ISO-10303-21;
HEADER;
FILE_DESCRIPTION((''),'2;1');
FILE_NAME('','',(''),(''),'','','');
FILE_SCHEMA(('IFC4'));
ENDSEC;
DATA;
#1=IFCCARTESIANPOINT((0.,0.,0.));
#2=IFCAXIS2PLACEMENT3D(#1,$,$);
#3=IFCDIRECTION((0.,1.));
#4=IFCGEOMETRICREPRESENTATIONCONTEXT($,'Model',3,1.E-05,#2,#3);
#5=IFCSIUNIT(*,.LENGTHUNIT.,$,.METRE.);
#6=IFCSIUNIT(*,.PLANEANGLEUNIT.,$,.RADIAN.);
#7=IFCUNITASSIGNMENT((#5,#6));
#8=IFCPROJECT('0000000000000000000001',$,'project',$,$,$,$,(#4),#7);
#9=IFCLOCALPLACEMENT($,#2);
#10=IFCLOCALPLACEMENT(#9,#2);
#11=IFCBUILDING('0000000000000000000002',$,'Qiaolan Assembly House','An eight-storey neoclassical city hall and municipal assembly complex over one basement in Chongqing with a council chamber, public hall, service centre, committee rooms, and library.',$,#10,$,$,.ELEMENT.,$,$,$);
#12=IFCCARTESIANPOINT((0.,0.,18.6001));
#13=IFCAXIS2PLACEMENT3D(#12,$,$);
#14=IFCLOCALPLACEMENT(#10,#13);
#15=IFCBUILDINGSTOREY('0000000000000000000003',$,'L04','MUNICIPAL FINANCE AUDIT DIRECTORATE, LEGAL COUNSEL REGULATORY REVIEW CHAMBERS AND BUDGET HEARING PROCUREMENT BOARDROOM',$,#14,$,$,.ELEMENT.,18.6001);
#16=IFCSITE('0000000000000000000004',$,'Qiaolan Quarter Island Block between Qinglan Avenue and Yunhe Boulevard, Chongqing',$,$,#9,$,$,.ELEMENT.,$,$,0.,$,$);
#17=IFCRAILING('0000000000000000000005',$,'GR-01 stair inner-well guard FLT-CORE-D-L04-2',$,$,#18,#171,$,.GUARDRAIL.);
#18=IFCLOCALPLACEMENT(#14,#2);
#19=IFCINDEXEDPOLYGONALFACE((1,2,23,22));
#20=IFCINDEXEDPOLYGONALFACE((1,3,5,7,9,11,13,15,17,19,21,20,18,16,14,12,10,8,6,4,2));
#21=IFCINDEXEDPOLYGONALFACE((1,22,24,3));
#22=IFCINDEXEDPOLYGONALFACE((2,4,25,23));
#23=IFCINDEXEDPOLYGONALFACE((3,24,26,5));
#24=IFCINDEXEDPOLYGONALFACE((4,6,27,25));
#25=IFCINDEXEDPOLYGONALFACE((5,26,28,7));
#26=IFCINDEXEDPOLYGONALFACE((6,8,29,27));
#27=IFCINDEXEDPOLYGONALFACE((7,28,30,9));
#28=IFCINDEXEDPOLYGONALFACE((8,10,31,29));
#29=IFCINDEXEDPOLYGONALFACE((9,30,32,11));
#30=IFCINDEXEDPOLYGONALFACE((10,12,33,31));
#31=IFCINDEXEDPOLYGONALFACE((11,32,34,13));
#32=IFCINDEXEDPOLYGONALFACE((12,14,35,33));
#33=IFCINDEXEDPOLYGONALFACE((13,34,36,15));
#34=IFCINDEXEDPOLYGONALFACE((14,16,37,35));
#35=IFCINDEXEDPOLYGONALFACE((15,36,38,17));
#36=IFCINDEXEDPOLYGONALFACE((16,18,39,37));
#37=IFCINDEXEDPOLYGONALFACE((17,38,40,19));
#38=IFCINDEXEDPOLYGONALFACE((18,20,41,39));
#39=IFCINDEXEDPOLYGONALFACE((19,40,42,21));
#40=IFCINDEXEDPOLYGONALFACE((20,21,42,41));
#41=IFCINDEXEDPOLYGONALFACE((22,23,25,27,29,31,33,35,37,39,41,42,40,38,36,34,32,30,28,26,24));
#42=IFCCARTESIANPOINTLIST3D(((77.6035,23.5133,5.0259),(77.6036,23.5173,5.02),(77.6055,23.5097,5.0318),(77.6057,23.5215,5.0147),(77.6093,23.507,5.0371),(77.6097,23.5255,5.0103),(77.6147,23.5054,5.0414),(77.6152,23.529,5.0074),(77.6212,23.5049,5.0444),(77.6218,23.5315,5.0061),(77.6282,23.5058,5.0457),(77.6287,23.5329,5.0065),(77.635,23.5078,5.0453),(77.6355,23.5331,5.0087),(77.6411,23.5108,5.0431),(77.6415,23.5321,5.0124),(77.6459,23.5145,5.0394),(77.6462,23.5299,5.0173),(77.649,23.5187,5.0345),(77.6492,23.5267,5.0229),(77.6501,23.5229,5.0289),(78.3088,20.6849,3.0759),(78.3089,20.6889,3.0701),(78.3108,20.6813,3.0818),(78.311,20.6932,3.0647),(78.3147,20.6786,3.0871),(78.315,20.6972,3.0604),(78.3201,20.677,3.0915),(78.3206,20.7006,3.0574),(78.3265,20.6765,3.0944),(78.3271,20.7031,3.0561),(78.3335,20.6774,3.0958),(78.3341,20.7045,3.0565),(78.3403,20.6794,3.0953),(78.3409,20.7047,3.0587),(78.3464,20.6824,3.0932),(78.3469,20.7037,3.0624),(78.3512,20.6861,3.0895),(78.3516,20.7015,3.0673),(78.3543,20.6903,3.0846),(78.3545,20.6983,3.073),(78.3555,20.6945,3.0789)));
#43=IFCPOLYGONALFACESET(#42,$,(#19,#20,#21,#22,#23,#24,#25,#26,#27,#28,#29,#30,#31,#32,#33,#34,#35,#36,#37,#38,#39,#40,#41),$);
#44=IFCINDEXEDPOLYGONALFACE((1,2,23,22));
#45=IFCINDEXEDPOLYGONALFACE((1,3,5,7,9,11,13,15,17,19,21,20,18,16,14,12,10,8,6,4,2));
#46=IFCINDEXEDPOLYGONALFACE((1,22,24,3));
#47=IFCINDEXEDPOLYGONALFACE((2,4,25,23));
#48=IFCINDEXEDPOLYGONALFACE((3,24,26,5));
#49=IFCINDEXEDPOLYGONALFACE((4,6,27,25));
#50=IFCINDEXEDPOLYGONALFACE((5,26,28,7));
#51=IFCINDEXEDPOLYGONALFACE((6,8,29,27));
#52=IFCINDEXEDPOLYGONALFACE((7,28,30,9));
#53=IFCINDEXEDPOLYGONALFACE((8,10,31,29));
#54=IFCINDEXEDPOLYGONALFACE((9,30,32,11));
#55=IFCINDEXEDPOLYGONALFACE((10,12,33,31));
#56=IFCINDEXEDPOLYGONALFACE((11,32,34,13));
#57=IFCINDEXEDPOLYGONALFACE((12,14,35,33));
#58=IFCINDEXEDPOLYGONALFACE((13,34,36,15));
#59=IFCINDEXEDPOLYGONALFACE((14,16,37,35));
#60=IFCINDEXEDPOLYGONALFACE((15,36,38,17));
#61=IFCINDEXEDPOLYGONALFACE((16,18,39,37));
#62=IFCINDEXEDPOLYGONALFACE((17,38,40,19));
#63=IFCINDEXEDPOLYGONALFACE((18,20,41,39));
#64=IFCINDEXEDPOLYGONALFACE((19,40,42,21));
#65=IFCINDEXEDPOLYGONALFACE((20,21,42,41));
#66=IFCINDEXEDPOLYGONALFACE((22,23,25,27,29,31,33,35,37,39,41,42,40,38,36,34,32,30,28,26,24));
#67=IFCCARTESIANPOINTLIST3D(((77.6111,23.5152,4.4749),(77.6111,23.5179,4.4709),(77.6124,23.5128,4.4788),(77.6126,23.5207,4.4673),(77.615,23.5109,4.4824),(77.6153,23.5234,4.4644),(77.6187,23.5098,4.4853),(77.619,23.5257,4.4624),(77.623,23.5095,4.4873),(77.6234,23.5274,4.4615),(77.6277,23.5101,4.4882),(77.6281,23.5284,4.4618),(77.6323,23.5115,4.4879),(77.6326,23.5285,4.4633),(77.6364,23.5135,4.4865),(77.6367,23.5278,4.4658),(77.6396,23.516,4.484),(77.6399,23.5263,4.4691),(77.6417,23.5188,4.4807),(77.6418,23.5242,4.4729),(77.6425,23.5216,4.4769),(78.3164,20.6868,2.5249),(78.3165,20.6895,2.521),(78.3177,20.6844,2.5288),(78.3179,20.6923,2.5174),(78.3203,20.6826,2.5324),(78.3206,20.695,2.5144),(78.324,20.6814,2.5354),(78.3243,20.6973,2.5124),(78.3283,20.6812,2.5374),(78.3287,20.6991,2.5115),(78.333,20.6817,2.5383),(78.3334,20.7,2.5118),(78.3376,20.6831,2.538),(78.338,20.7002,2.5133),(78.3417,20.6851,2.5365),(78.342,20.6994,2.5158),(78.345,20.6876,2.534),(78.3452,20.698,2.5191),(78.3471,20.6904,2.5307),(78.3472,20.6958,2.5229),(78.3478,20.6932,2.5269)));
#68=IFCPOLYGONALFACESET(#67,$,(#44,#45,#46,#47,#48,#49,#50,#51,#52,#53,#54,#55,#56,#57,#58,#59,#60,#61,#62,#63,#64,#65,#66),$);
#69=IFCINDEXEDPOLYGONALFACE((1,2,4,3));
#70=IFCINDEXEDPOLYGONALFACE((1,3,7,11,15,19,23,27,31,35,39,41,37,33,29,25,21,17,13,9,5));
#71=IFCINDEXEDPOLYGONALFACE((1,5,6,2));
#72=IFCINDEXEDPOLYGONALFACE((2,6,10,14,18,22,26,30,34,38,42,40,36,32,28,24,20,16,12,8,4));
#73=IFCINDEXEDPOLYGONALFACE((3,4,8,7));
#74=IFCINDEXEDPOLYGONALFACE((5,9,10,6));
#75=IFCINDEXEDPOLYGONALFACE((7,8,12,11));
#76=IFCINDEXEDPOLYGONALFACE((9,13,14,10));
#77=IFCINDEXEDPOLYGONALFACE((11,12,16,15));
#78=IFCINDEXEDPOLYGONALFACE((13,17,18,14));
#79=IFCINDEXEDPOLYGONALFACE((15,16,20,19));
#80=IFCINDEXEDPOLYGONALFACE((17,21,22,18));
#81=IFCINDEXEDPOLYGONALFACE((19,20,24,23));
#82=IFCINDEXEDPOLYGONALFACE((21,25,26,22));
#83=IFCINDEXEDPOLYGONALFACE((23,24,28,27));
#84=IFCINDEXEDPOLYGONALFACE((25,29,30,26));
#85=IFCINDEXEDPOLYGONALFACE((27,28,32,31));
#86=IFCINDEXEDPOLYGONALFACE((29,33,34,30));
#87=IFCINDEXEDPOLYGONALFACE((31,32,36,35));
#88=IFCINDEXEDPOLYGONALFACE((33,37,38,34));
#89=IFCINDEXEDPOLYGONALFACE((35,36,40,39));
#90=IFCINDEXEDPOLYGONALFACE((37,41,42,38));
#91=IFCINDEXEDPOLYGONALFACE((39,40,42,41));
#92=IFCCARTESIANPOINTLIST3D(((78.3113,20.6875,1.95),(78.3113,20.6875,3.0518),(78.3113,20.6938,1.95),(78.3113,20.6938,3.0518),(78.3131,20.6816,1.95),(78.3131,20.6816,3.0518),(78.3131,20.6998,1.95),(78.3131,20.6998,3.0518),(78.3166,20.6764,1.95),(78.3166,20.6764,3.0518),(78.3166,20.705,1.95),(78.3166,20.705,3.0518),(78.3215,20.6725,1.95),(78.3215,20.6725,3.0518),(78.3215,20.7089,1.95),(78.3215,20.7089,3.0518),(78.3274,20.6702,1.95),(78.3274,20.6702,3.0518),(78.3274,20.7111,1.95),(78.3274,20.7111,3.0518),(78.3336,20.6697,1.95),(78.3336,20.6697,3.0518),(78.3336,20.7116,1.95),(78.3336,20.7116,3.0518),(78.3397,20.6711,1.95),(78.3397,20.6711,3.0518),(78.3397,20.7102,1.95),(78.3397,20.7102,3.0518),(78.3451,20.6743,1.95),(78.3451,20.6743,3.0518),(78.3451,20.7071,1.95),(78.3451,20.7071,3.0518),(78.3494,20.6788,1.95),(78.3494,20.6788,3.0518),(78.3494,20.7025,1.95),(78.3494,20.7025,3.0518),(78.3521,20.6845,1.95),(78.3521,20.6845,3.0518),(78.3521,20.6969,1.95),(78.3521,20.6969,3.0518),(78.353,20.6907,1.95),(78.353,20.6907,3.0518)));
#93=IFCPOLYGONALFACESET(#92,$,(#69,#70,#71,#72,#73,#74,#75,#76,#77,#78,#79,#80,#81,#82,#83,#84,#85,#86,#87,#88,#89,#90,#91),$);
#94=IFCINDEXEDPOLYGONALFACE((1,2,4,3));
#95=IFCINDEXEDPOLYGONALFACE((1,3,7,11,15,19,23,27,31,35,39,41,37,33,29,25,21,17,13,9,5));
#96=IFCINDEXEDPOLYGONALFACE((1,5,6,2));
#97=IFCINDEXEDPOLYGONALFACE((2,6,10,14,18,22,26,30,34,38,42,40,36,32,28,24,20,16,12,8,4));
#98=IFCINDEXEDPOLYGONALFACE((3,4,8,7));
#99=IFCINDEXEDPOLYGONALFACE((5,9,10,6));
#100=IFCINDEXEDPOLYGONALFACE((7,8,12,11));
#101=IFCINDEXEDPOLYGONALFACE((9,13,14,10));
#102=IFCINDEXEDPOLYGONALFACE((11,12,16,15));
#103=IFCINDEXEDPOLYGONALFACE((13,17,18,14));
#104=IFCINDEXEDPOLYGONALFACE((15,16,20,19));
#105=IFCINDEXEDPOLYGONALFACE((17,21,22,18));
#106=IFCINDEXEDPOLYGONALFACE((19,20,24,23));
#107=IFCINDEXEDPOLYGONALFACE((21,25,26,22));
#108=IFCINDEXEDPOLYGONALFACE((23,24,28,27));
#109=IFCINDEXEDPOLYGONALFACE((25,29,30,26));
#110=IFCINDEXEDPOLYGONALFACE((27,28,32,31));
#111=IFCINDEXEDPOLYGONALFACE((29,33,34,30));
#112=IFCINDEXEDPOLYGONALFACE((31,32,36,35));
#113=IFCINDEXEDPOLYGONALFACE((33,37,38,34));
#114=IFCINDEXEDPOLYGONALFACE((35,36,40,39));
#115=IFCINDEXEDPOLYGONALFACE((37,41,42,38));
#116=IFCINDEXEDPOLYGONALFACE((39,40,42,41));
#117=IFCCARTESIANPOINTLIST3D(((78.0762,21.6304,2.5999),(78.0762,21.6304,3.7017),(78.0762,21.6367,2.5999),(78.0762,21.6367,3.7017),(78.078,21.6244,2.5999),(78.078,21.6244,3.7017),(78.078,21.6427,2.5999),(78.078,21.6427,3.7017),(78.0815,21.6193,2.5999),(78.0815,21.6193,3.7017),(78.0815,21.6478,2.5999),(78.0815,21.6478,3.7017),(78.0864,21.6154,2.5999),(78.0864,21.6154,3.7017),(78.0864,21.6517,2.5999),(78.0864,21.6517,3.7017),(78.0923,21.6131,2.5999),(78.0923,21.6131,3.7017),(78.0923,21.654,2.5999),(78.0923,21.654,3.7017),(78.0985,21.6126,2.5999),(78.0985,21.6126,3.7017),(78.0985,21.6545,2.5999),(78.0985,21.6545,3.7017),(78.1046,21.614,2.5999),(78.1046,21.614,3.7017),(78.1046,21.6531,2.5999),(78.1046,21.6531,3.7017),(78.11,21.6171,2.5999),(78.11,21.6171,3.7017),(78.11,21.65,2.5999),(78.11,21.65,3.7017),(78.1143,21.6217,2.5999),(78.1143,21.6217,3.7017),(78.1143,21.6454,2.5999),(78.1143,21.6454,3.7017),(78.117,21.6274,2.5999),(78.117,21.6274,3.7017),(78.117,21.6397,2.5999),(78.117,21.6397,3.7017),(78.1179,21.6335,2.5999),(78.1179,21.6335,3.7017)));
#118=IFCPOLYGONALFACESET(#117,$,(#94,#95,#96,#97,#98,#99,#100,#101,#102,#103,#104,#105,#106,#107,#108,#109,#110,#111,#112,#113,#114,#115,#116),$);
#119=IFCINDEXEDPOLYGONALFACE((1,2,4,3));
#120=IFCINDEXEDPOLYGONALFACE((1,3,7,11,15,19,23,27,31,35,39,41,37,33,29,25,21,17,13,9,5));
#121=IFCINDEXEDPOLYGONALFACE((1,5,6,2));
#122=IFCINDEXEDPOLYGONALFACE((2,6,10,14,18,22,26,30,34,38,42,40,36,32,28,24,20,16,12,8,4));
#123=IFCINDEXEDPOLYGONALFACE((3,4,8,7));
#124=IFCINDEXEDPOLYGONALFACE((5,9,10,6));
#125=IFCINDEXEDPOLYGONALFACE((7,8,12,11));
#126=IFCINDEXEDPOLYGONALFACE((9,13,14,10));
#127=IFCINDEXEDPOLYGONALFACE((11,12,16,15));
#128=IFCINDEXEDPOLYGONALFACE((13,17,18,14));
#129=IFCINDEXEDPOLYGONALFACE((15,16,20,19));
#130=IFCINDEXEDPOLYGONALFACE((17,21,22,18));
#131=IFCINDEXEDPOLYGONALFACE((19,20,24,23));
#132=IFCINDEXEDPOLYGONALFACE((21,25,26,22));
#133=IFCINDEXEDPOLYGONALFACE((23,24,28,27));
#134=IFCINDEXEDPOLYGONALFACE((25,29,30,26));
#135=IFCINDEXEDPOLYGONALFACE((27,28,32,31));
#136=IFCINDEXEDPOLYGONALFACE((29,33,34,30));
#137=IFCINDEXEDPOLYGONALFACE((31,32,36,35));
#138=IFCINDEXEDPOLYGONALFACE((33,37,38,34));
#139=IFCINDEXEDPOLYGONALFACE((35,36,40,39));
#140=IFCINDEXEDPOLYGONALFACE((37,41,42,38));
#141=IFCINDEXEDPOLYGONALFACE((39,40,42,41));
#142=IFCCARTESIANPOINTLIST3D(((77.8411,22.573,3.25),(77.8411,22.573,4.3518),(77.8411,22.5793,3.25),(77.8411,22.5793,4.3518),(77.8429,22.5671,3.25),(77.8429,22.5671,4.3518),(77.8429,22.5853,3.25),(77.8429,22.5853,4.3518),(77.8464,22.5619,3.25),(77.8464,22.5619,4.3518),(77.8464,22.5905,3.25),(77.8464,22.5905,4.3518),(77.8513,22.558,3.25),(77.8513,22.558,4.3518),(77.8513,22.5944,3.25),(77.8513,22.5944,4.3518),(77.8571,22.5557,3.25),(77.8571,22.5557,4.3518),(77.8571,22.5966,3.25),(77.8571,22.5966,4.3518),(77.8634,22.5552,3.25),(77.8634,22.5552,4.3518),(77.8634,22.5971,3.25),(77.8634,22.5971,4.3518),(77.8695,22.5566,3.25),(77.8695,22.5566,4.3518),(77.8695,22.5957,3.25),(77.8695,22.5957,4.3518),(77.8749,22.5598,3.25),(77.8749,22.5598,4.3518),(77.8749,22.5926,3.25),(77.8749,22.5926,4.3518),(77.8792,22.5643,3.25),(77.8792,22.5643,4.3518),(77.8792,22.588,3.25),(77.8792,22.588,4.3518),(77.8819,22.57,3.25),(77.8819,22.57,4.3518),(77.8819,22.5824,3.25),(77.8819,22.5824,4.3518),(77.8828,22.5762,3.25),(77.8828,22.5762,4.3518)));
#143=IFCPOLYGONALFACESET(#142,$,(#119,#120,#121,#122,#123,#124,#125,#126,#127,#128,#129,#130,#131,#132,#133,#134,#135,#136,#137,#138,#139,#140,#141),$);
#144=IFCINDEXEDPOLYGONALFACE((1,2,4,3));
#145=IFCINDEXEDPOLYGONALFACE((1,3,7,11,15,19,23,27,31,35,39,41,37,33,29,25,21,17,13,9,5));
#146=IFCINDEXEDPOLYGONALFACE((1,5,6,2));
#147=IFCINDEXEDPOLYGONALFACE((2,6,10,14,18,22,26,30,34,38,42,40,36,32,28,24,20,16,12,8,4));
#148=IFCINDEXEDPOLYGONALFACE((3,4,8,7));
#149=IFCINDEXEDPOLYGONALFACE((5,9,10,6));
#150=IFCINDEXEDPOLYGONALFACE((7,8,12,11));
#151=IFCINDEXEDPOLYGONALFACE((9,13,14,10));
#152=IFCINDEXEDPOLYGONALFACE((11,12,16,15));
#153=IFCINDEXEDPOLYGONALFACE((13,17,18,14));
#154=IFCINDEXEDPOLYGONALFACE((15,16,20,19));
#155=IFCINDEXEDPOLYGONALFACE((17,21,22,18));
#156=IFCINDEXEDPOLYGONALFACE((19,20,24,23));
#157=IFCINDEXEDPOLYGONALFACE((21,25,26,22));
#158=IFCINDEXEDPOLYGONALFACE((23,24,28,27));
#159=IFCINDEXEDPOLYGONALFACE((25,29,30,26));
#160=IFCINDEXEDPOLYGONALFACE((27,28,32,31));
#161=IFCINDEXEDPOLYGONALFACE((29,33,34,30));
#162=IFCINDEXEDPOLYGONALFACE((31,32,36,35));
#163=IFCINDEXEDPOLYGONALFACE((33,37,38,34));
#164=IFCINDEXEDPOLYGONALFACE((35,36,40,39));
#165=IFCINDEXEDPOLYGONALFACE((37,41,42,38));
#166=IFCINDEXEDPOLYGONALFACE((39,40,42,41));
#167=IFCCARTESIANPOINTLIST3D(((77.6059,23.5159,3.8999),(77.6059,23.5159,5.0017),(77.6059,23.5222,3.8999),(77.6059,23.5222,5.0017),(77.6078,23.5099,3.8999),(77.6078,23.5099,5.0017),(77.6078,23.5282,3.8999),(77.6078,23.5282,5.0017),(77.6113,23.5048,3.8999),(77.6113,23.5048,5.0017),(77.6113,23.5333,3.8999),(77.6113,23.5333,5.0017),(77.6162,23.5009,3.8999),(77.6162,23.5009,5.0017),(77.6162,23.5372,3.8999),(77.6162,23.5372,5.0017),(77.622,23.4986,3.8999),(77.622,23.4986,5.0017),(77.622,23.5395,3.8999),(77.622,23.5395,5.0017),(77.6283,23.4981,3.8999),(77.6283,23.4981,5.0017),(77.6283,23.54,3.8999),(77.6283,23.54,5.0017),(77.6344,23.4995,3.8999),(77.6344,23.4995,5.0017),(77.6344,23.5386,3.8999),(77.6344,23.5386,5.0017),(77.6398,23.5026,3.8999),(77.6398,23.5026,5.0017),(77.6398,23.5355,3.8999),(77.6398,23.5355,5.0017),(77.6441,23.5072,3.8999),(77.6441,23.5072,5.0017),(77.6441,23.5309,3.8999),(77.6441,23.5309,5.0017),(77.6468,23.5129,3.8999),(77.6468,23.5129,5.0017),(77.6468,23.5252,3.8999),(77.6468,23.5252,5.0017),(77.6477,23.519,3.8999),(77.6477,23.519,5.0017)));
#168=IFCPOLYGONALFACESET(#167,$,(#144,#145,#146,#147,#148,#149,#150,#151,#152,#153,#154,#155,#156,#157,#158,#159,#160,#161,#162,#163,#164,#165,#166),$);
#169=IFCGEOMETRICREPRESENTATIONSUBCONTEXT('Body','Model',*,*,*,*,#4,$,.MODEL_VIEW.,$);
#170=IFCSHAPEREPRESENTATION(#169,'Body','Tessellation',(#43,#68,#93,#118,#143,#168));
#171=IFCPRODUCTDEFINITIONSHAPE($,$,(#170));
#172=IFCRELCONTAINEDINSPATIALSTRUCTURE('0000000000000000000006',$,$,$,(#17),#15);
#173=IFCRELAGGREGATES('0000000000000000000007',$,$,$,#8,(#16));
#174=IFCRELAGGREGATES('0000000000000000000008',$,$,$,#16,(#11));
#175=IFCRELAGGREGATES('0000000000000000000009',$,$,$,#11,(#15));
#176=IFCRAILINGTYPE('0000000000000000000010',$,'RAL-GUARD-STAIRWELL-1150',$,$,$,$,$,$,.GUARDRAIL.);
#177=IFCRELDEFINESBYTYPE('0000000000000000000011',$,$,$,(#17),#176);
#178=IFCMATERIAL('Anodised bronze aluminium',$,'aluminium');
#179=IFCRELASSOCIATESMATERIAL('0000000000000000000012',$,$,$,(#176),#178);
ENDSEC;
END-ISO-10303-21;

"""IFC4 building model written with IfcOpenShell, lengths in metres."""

from ifc_helpers import new_model, si_unit, direction, frame, origin, origin_2d, place, context, subcontext, project, spatial, circle, extrude, material, type_object, element, save


model = new_model("IFC4")

# Units and contexts
model_context = context("Model", 3, precision=1e-05, world=origin(), true_north=direction((0.0, 1.0)))
body_context = subcontext(model_context, "Body", "Model", "MODEL_VIEW")
ifc_project = project(units=[si_unit("LENGTHUNIT", "METRE"), si_unit("PLANEANGLEUNIT", "RADIAN")], contexts=[model_context])

# Site, building, storey
site_placement = place(None, origin())
site = spatial("IfcSite", under=ifc_project, at=site_placement, Name="Qiaolan Quarter Island Block between Qinglan Avenue and Yunhe Boulevard, Chongqing", CompositionType="ELEMENT", RefElevation=0.0)
building_placement = place(site_placement, origin())
building = spatial("IfcBuilding", under=site, at=building_placement, Name="Qiaolan Assembly House", Description="An eight-storey neoclassical city hall and municipal assembly complex over one basement in Chongqing with a council chamber, public hall, service centre, committee rooms, and library.", CompositionType="ELEMENT")
storey_placement = place(building_placement, frame((0.0, 0.0, 18.6001)))
storey = spatial("IfcBuildingStorey", under=building, at=storey_placement, Name="L04", Description="MUNICIPAL FINANCE AUDIT DIRECTORATE, LEGAL COUNSEL REGULATORY REVIEW CHAMBERS AND BUDGET HEARING PROCUREMENT BOARDROOM", CompositionType="ELEMENT", Elevation=18.6001)

# Railing
ifc_material_1 = material(Name="Anodised bronze aluminium", Category="aluminium")
railing_type_1 = type_object("IfcRailingType", Name="RAL-GUARD-STAIRWELL-1150", PredefinedType="GUARDRAIL", material=ifc_material_1)
railing_1_placement = place(storey_placement, frame((78.332, 20.6907, 1.95)))
element("IfcRailing", 1, at=railing_1_placement, inside=storey, type_object=railing_type_1, Name="GR-01 stair inner-well guard FLT-CORE-D-L04-2", PredefinedType="GUARDRAIL", context=body_context, shape_type="SweptSolid", body=[
    extrude(circle(Radius=0.0239, at=origin_2d()), frame((0.0, 0.0, 1.126), z_axis=(-0.201115, 0.806479, 0.556008), x_axis=(-0.970285, -0.241964, 0.0)), (0.0, 0.0, 1.0), 3.5071),
    extrude(circle(Radius=0.0161, at=origin_2d()), frame((0.0, 0.0, 0.575), z_axis=(-0.201115, 0.806479, 0.556008), x_axis=(-0.970285, -0.241964, 0.0)), (0.0, 0.0, 1.0), 3.5071),
    extrude(circle(Radius=0.021, at=origin_2d()), origin(), (0.0, 0.0, 1.0), 1.1018),
    extrude(circle(Radius=0.021, at=origin_2d()), frame((-0.2351, 0.9429, 0.6499)), (0.0, 0.0, 1.0), 1.1018),
    extrude(circle(Radius=0.021, at=origin_2d()), frame((-0.4702, 1.8855, 1.3)), (0.0, 0.0, 1.0), 1.1018),
    extrude(circle(Radius=0.021, at=origin_2d()), frame((-0.7053, 2.8284, 1.95)), (0.0, 0.0, 1.0), 1.1018),
])

save(model, "model.ifc")
